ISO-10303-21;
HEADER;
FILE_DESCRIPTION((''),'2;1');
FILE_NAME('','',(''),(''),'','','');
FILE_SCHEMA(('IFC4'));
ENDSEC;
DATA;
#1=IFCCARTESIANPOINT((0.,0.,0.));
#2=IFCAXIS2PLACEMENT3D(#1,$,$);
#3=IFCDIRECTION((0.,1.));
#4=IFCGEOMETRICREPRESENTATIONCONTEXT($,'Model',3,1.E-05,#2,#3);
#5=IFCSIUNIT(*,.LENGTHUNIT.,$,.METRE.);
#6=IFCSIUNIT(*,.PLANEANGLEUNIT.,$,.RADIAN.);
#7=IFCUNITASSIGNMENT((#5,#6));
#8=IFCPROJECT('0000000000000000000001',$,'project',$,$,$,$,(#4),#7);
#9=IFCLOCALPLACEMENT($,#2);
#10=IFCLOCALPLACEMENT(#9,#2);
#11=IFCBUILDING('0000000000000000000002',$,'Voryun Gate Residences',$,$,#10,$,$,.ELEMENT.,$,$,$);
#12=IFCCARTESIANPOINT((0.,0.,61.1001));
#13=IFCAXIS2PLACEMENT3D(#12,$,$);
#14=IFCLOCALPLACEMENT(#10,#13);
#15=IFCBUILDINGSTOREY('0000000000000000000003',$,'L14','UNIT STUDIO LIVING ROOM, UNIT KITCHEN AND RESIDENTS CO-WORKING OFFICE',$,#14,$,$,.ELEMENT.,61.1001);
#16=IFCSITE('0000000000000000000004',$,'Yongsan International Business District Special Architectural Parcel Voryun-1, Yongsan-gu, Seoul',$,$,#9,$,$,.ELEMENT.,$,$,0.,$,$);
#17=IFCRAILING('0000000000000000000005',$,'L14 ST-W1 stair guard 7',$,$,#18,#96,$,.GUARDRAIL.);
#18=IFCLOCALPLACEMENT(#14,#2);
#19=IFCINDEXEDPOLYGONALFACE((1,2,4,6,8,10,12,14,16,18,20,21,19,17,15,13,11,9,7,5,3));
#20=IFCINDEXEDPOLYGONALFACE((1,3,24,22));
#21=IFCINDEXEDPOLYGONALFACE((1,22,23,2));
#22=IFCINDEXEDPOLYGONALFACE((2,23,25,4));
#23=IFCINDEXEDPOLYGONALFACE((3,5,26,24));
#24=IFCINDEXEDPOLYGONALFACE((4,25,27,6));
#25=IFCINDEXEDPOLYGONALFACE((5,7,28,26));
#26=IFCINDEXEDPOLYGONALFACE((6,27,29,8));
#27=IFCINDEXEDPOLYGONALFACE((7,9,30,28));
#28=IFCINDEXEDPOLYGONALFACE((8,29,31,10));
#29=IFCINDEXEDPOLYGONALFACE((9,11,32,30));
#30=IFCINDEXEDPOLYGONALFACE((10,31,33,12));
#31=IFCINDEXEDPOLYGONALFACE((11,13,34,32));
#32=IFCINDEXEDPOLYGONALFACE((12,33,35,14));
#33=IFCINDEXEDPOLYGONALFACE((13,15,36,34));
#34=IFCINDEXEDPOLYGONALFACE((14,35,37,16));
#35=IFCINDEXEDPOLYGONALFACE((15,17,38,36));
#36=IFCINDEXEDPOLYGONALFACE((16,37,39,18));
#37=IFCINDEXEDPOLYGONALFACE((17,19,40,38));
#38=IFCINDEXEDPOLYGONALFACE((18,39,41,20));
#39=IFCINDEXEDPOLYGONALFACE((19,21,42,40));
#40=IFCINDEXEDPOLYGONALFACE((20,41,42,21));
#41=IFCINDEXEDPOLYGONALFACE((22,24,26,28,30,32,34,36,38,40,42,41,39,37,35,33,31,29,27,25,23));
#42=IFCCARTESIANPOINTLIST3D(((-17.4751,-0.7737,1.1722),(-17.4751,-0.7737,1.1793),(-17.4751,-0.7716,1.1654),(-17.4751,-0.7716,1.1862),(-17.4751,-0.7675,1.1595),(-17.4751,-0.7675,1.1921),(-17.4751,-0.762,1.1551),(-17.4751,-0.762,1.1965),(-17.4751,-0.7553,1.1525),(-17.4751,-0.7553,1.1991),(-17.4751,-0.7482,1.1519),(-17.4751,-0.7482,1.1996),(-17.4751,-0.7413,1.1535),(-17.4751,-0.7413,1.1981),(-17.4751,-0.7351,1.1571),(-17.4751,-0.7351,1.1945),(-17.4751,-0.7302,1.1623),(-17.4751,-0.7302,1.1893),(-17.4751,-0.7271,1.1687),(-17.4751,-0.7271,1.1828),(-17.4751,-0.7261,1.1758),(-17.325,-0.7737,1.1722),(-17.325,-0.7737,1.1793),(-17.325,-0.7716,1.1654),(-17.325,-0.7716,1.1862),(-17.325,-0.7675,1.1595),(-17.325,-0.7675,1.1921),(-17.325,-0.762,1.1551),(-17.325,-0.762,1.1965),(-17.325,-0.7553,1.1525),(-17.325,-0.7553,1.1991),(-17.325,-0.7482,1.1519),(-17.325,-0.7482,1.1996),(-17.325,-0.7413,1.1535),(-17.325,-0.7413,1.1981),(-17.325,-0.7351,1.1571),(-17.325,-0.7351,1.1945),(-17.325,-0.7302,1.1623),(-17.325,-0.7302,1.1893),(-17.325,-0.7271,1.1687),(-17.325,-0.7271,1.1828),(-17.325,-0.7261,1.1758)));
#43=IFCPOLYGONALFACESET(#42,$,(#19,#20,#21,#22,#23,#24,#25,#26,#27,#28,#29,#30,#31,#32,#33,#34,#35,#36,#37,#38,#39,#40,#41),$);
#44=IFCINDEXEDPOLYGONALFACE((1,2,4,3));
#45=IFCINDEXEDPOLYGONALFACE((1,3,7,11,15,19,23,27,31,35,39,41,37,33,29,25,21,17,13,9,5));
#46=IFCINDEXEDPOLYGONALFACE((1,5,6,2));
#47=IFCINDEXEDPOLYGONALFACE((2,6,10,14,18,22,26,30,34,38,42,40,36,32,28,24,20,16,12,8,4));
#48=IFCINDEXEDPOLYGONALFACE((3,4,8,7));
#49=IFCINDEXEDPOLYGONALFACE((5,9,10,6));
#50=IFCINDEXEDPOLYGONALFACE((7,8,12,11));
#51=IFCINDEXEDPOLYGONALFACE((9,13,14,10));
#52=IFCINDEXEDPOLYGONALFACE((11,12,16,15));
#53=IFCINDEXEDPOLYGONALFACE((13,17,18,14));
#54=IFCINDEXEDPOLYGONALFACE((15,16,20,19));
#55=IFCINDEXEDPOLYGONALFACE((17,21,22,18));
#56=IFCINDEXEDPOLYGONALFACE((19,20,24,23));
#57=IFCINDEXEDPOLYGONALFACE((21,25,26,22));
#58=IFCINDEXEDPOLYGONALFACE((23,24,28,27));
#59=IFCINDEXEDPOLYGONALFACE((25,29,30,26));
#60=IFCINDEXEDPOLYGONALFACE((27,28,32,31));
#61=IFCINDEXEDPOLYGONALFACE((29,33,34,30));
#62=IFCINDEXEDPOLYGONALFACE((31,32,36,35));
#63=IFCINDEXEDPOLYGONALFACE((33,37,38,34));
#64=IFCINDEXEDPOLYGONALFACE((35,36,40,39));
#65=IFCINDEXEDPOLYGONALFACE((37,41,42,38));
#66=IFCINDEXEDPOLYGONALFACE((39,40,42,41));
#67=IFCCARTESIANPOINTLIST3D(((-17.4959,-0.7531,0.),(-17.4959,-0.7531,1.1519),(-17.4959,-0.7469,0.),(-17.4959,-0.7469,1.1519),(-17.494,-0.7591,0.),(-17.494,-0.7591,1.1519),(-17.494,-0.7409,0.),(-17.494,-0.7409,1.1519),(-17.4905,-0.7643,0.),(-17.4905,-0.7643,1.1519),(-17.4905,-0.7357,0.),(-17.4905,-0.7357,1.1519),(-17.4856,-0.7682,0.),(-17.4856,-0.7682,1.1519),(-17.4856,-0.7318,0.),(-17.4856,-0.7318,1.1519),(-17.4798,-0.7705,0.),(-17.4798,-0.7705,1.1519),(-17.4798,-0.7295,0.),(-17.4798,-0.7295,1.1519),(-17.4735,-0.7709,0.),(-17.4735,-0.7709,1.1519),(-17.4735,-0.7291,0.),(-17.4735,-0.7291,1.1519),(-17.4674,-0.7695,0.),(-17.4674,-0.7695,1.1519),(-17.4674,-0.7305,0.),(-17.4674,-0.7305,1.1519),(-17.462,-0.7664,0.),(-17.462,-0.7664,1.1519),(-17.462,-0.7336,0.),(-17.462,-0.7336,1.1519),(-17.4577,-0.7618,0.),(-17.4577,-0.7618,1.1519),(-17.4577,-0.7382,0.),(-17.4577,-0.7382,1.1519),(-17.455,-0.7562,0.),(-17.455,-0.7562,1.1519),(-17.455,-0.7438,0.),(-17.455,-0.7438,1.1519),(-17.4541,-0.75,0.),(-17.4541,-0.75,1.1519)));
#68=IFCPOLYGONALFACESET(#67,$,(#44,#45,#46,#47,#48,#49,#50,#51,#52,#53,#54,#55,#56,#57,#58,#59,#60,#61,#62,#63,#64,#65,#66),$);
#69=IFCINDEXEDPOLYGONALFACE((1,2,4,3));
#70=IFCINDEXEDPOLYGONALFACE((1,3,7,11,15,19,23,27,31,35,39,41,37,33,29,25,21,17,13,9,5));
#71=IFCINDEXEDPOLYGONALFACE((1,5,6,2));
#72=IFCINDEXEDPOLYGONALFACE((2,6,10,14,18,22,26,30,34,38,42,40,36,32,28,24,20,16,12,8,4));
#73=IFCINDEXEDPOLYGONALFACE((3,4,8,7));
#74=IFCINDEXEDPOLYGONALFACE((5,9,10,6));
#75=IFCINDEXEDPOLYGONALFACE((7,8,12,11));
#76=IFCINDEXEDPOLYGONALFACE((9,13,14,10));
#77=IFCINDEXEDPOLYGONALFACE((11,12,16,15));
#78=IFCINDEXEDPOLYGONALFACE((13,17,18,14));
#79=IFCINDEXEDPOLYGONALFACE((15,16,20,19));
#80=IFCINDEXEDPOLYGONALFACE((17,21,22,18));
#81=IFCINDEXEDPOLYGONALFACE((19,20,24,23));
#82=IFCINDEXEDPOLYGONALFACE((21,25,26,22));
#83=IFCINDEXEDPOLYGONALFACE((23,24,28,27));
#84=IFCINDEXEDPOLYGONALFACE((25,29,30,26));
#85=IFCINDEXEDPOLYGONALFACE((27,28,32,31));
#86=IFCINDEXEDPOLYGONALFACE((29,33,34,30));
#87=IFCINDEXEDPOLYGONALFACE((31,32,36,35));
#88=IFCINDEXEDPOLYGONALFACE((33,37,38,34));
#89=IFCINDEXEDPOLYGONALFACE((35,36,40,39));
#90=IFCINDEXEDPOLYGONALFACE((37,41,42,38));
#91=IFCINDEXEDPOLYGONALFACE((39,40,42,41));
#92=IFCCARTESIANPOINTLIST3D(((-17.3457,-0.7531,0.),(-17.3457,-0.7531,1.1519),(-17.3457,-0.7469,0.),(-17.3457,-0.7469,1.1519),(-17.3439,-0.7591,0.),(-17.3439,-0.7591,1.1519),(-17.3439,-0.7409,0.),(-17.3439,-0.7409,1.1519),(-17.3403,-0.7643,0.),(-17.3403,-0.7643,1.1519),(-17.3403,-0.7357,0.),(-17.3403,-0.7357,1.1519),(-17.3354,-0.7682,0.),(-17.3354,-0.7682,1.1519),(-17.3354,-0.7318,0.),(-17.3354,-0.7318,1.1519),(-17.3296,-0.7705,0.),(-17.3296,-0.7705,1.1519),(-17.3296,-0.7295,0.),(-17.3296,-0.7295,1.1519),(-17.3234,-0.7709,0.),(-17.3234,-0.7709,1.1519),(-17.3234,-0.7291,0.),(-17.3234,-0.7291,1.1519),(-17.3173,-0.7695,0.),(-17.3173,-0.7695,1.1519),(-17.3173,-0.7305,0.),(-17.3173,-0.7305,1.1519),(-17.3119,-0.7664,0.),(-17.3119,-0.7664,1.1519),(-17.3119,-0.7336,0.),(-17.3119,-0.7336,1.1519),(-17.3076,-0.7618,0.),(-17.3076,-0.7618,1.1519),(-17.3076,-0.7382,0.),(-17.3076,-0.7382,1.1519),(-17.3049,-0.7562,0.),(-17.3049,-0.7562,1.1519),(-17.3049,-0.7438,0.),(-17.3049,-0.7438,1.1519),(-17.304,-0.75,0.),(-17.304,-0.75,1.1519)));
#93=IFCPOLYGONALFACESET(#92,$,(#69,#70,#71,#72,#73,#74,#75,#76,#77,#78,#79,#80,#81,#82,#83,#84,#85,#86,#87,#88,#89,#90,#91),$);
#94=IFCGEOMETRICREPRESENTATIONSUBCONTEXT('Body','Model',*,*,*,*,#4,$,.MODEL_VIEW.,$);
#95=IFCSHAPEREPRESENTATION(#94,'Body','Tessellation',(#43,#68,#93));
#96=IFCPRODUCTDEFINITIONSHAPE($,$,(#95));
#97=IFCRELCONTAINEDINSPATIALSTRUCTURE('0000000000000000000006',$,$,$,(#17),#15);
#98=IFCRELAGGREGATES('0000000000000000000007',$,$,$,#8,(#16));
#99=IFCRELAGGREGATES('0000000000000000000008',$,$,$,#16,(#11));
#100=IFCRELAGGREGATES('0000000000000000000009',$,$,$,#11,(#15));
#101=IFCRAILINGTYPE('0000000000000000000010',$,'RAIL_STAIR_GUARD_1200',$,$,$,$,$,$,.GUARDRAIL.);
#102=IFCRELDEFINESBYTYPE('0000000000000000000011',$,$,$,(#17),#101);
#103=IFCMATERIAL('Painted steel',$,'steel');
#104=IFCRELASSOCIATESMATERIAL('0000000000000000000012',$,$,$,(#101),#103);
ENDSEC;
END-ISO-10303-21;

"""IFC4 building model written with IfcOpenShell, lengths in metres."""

from ifc_helpers import new_model, si_unit, direction, frame, origin, origin_2d, place, context, subcontext, project, spatial, circle, extrude, material, type_object, element, save


model = new_model("IFC4")

# Units and contexts
model_context = context("Model", 3, precision=1e-05, world=origin(), true_north=direction((0.0, 1.0)))
body_context = subcontext(model_context, "Body", "Model", "MODEL_VIEW")
ifc_project = project(units=[si_unit("LENGTHUNIT", "METRE"), si_unit("PLANEANGLEUNIT", "RADIAN")], contexts=[model_context])

# Site, building, storey
site_placement = place(None, origin())
site = spatial("IfcSite", under=ifc_project, at=site_placement, Name="Yongsan International Business District Special Architectural Parcel Voryun-1, Yongsan-gu, Seoul", CompositionType="ELEMENT", RefElevation=0.0)
building_placement = place(site_placement, origin())
building = spatial("IfcBuilding", under=site, at=building_placement, Name="Voryun Gate Residences", CompositionType="ELEMENT")
storey_placement = place(building_placement, frame((0.0, 0.0, 61.1001)))
storey = spatial("IfcBuildingStorey", under=building, at=storey_placement, Name="L14", Description="UNIT STUDIO LIVING ROOM, UNIT KITCHEN AND RESIDENTS CO-WORKING OFFICE", CompositionType="ELEMENT", Elevation=61.1001)

# Railing
ifc_material_1 = material(Name="Painted steel", Category="steel")
railing_type_1 = type_object("IfcRailingType", Name="RAIL_STAIR_GUARD_1200", PredefinedType="GUARDRAIL", material=ifc_material_1)
railing_1_placement = place(storey_placement, frame((-17.4751, -0.75, 0.0)))
element("IfcRailing", 1, at=railing_1_placement, inside=storey, type_object=railing_type_1, Name="L14 ST-W1 stair guard 7", PredefinedType="GUARDRAIL", context=body_context, shape_type="SweptSolid", body=[
    extrude(circle(Radius=0.0239, at=origin_2d()), frame((0.0, 0.0, 1.1758), z_axis=(1.0, 0.0, 0.0), x_axis=(0.0, 1.0, 0.0)), (0.0, 0.0, 1.0), 0.1501),
    extrude(circle(Radius=0.021, at=origin_2d()), origin(), (0.0, 0.0, 1.0), 1.1519),
    extrude(circle(Radius=0.021, at=origin_2d()), frame((0.1501, 0.0, 0.0)), (0.0, 0.0, 1.0), 1.1519),
])

save(model, "model.ifc")
